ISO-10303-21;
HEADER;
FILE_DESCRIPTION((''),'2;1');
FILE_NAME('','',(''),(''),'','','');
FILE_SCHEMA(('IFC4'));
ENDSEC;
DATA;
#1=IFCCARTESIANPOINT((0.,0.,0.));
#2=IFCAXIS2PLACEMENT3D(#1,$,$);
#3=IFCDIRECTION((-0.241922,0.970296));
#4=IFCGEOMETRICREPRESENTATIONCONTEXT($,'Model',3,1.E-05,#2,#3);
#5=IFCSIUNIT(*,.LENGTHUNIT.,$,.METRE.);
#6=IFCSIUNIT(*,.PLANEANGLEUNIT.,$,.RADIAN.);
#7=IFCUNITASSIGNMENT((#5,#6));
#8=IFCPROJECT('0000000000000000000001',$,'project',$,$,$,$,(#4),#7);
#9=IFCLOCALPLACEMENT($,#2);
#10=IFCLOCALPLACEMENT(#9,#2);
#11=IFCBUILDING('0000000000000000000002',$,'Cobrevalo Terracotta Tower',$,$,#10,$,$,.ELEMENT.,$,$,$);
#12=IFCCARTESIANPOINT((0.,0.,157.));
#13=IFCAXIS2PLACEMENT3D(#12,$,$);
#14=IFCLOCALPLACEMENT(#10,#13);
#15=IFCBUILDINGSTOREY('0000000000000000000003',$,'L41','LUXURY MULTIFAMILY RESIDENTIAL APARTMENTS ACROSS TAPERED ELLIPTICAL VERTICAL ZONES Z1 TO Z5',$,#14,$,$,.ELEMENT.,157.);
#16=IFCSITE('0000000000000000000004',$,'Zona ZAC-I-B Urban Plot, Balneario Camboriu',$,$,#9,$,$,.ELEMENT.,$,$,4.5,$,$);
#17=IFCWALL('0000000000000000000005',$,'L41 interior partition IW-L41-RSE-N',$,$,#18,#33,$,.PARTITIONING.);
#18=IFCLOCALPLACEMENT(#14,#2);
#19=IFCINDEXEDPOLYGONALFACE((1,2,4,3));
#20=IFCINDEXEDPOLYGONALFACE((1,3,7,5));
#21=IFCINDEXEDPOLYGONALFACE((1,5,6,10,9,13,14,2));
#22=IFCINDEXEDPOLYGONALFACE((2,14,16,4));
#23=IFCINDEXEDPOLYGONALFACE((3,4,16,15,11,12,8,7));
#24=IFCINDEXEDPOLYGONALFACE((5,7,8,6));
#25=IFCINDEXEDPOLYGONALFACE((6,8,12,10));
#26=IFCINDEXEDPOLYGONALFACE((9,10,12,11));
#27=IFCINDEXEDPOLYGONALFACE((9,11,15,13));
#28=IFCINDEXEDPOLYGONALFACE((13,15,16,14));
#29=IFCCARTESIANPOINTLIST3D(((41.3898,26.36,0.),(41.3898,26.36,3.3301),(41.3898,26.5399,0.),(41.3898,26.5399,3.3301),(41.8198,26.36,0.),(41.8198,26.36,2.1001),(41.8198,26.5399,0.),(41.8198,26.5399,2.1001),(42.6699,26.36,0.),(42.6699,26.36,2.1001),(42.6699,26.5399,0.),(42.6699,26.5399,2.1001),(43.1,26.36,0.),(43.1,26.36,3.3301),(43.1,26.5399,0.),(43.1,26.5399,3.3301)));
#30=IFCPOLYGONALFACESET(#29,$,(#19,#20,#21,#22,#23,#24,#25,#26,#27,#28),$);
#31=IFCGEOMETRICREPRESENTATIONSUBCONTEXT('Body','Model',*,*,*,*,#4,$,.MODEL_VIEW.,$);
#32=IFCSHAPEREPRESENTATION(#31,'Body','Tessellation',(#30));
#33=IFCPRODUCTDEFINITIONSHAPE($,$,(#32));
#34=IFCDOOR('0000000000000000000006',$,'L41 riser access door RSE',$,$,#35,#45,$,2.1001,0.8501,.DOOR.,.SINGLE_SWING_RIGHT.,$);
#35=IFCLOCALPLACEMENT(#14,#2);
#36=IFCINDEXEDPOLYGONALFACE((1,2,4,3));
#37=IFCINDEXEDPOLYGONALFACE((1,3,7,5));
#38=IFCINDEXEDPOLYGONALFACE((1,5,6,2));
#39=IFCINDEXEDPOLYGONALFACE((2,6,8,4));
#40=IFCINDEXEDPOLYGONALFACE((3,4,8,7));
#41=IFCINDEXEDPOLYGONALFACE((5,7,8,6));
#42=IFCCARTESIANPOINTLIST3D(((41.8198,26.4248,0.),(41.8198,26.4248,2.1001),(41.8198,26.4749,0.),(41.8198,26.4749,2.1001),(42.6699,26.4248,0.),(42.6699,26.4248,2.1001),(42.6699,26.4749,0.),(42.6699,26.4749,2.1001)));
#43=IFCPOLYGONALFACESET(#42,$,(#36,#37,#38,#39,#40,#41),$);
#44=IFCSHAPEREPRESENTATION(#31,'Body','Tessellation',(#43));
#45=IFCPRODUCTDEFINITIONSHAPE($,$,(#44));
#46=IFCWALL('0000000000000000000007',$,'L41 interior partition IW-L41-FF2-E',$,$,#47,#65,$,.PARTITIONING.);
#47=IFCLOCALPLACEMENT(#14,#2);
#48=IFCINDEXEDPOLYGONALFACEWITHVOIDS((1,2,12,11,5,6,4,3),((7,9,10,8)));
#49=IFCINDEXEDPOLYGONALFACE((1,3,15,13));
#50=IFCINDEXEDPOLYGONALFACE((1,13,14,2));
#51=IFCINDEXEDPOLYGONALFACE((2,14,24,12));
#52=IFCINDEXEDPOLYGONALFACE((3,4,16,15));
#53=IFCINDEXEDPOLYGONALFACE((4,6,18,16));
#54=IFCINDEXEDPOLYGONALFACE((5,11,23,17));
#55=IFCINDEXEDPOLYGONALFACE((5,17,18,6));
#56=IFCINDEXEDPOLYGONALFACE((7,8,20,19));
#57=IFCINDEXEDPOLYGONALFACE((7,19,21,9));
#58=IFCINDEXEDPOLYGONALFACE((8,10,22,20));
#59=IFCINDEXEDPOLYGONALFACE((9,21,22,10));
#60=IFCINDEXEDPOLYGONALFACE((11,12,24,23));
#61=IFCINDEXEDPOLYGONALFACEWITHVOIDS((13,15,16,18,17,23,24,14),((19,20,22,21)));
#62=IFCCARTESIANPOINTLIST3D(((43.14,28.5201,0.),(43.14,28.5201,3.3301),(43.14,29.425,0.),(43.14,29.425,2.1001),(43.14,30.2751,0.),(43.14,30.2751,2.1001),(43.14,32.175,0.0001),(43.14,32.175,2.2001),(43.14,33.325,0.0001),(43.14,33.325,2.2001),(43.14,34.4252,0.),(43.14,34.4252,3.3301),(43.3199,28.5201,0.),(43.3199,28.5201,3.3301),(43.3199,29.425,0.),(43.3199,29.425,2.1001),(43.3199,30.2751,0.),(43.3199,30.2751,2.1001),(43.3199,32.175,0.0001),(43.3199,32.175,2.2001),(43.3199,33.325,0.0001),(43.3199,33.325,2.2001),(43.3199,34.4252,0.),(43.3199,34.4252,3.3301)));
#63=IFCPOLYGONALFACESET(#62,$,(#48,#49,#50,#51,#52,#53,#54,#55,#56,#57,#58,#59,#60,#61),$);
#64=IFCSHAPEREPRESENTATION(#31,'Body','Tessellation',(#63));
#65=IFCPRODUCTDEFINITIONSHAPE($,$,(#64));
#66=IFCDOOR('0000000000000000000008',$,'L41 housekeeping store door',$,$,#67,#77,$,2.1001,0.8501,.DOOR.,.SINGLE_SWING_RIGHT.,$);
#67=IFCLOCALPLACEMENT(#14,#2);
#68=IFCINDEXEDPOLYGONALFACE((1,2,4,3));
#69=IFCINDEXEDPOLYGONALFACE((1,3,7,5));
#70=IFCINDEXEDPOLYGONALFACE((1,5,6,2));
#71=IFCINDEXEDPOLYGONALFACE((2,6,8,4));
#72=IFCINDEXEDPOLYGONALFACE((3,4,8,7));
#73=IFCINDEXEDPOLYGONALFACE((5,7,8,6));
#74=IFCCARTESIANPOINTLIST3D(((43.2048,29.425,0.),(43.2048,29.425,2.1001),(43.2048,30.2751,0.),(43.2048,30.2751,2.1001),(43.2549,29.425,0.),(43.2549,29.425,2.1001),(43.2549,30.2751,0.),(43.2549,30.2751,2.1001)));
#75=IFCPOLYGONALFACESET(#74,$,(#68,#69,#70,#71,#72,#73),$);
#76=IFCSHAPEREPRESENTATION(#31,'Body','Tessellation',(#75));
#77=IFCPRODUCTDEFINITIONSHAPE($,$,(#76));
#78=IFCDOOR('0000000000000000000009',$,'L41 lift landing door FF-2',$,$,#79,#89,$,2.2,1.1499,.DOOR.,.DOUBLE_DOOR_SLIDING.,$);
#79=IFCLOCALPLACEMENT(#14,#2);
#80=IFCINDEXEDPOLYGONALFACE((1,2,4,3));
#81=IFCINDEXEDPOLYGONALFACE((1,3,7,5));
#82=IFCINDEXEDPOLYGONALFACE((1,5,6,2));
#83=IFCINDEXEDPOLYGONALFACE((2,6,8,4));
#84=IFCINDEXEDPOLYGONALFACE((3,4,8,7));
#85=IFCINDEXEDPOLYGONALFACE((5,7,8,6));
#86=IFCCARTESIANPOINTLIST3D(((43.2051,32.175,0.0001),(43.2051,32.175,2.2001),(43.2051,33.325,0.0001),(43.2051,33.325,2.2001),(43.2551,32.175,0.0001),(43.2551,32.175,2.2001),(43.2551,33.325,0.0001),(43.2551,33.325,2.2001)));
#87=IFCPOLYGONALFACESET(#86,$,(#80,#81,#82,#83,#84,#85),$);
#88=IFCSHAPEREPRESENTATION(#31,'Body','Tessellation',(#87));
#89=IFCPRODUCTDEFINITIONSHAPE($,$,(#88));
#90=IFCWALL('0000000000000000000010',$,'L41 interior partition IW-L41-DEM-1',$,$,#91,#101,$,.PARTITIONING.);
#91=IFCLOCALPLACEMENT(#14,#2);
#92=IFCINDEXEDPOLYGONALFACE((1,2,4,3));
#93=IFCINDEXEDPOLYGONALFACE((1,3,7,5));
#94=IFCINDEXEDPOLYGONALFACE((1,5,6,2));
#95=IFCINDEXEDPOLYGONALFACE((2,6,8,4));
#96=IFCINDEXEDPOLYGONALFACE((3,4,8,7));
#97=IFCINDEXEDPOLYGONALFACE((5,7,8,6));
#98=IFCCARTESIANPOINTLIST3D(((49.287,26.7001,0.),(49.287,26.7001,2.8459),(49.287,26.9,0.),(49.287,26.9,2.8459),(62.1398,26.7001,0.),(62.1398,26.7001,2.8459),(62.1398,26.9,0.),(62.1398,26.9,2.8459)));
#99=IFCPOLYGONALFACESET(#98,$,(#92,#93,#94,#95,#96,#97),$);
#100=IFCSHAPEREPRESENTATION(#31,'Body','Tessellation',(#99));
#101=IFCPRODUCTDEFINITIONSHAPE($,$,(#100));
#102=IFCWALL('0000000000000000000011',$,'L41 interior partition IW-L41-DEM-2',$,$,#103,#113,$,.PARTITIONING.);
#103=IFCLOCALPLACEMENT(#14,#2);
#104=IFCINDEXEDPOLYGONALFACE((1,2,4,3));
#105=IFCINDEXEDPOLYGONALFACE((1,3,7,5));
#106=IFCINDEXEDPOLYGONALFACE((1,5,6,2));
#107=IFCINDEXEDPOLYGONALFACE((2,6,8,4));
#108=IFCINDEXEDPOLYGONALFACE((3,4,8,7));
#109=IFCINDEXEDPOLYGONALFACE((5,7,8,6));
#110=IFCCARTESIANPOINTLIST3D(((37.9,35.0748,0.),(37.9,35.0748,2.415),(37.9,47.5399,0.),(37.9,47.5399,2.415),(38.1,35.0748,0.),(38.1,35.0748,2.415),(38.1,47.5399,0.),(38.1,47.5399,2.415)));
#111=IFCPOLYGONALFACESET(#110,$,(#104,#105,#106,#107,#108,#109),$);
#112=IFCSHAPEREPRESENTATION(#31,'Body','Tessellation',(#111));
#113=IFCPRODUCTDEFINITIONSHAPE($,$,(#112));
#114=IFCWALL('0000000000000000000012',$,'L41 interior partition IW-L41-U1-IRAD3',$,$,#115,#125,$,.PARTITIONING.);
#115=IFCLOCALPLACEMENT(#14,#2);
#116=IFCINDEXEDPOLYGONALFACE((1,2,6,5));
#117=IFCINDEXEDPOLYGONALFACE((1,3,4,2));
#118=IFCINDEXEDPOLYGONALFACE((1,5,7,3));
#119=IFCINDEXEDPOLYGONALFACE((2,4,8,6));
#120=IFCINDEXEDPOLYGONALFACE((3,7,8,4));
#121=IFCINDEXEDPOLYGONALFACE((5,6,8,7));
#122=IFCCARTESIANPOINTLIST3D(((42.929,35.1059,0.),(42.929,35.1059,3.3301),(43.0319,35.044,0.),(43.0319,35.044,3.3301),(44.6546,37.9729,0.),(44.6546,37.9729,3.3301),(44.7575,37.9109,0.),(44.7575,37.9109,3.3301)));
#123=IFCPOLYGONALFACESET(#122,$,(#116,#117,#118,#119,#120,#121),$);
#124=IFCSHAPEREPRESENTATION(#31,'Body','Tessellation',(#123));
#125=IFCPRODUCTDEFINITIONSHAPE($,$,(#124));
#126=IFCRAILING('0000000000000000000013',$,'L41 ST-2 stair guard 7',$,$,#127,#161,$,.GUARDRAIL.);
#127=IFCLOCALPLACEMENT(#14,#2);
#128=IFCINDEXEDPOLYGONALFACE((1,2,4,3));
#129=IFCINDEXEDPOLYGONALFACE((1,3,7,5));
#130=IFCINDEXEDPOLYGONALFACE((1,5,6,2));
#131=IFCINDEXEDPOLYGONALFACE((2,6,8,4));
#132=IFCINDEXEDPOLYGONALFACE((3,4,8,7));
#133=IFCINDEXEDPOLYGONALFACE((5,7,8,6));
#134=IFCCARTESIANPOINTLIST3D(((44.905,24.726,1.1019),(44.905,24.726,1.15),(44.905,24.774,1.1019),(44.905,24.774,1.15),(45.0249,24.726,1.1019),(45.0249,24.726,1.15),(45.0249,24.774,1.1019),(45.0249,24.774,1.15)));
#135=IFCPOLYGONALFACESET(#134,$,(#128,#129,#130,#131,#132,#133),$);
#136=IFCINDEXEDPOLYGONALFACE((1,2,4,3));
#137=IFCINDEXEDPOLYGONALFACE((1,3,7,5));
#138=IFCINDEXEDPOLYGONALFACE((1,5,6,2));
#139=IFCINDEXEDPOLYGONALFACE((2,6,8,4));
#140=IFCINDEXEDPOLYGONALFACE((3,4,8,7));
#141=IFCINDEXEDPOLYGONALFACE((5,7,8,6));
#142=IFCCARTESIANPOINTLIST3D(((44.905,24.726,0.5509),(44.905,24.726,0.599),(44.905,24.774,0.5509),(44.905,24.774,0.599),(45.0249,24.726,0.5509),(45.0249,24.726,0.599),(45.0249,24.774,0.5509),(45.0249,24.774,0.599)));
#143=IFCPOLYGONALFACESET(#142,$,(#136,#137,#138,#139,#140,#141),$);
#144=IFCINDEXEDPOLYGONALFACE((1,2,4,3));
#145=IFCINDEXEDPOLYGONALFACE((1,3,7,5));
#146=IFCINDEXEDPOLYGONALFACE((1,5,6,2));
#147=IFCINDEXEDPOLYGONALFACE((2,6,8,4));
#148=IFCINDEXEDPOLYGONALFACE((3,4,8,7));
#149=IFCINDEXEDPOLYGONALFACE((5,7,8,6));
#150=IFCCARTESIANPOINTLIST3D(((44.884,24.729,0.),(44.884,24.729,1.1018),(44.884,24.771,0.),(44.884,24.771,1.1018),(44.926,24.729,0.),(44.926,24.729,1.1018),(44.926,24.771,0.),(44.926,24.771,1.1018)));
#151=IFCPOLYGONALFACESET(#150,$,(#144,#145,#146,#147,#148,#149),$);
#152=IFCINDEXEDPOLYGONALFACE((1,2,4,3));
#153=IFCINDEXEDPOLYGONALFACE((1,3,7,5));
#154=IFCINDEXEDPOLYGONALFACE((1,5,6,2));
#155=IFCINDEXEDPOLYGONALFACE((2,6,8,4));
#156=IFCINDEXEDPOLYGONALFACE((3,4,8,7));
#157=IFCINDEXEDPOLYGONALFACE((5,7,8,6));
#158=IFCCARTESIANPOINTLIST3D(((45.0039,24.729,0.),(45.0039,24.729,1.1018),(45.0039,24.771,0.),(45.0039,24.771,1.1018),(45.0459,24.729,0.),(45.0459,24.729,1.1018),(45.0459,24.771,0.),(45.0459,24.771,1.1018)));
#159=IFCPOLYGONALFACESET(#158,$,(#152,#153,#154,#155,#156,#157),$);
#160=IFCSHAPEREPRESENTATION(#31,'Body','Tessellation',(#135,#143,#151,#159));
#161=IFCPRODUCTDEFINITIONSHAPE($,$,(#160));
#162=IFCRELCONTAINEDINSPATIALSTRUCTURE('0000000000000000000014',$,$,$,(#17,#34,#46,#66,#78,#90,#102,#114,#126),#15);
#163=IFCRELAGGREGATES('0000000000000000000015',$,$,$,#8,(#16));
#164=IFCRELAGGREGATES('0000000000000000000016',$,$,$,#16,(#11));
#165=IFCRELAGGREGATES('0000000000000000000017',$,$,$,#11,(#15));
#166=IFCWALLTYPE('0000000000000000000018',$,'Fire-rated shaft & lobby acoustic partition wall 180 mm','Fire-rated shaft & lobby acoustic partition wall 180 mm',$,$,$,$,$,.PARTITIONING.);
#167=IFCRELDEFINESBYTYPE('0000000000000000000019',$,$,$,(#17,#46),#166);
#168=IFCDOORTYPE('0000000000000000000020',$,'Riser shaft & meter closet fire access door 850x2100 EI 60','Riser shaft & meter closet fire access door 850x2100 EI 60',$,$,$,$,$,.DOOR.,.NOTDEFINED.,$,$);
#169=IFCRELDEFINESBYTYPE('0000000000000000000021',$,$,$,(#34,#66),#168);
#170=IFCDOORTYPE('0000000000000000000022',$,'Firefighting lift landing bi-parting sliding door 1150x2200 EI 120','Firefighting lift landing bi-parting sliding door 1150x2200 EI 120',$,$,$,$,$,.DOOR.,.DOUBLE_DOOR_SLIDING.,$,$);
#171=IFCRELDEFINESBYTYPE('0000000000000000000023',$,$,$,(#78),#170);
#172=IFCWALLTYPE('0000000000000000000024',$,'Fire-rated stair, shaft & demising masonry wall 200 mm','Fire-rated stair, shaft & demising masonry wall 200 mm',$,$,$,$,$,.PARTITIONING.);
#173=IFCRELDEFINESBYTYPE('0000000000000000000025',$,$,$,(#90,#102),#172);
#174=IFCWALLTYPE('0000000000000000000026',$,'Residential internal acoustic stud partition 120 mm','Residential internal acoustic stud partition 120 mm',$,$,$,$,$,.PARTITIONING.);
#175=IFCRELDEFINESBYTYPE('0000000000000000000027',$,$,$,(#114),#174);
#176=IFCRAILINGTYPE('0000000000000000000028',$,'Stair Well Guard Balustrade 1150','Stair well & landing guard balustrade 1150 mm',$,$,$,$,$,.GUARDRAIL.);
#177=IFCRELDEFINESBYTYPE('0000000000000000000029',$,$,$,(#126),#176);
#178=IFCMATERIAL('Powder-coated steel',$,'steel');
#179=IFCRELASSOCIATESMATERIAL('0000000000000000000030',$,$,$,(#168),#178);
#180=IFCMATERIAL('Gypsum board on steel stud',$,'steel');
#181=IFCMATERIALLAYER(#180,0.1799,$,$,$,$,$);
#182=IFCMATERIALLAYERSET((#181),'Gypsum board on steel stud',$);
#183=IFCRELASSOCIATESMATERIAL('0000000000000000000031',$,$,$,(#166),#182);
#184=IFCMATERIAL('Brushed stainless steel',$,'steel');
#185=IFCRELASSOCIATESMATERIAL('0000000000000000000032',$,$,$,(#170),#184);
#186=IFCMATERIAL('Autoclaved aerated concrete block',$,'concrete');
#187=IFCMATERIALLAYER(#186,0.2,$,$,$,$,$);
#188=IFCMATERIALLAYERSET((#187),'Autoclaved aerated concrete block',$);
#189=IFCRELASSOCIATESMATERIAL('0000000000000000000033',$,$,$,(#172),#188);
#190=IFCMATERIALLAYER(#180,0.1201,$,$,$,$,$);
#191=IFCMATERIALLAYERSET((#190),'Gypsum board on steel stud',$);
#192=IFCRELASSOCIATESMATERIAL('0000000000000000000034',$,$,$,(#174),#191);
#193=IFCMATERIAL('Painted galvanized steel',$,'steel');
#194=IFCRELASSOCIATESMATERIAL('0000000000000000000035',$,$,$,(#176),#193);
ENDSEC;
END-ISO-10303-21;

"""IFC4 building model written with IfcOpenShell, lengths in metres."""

from ifc_helpers import new_model, si_unit, direction, frame, frame_2d, origin, origin_2d, place, context, subcontext, project, spatial, rectangle, extrude, source, transform, mapped, material, layer, layer_set, type_object, element, fill, save


model = new_model("IFC4")

# Units and contexts
model_context = context("Model", 3, precision=1e-05, world=origin(), true_north=direction((-0.241922, 0.970296)))
body_context = subcontext(model_context, "Body", "Model", "MODEL_VIEW")
ifc_project = project(units=[si_unit("LENGTHUNIT", "METRE"), si_unit("PLANEANGLEUNIT", "RADIAN")], contexts=[model_context])

# Site, building, storey
site_placement = place(None, origin())
site = spatial("IfcSite", under=ifc_project, at=site_placement, Name="Zona ZAC-I-B Urban Plot, Balneario Camboriu", CompositionType="ELEMENT", RefElevation=4.5)
building_placement = place(site_placement, origin())
building = spatial("IfcBuilding", under=site, at=building_placement, Name="Cobrevalo Terracotta Tower", CompositionType="ELEMENT")
storey_placement = place(building_placement, frame((0.0, 0.0, 157.0)))
storey = spatial("IfcBuildingStorey", under=building, at=storey_placement, Name="L41", Description="LUXURY MULTIFAMILY RESIDENTIAL APARTMENTS ACROSS TAPERED ELLIPTICAL VERTICAL ZONES Z1 TO Z5", CompositionType="ELEMENT", Elevation=157.0)

# Shared definitions
ifc_material_1 = material(Name="Gypsum board on steel stud", Category="steel")

# Shared definitions
ifc_material_2 = material(Name="Powder-coated steel", Category="steel")
door_type_1 = type_object("IfcDoorType", Name="Riser shaft & meter closet fire access door 850x2100 EI 60", Description="Riser shaft & meter closet fire access door 850x2100 EI 60", OperationType="NOTDEFINED", PredefinedType="DOOR", material=ifc_material_2)
shared_shape_1 = source(origin(), body_context, "Body", "SweptSolid", [
    extrude(rectangle(XDim=0.8501, YDim=2.1001, at=frame_2d((0.425, 1.05))), frame((0.0, 0.0249, 0.0), z_axis=(0.0, -1.0, 0.0), x_axis=(1.0, 0.0, 0.0)), (0.0, 0.0, 1.0), 0.05),
])

# Shared definitions
ifc_material_3 = material(Name="Brushed stainless steel", Category="steel")

# Wall, opening, door
ifc_layer_1 = layer(ifc_material_1, 0.1799)
ifc_layer_set_1 = layer_set([ifc_layer_1], Name="Gypsum board on steel stud")
wall_type_1 = type_object("IfcWallType", Name="Fire-rated shaft & lobby acoustic partition wall 180 mm", Description="Fire-rated shaft & lobby acoustic partition wall 180 mm", PredefinedType="PARTITIONING", material=ifc_layer_set_1)
wall_1_placement = place(storey_placement, frame((41.3899, 26.45, 0.0), z_axis=(0.0, 0.0, 1.0), x_axis=(1.0, 0.0, 0.0)))
wall_1 = element("IfcWall", 1, at=wall_1_placement, inside=storey, type_object=wall_type_1, Name="L41 interior partition IW-L41-RSE-N", PredefinedType="PARTITIONING", context=body_context, shape_type="SweptSolid", body=[
    extrude(rectangle(XDim=1.7102, YDim=0.1799, at=frame_2d((0.855, 0.0))), origin(), (0.0, 0.0, 1.0), 3.3301),
])
opening_1_placement = place(wall_1_placement, frame((0.4299, 0.0, 0.0)))
opening_1 = element("IfcOpeningElement", 2, at=opening_1_placement, cuts=wall_1, PredefinedType="OPENING", context=body_context, shape_type="SweptSolid", body=[
    extrude(rectangle(XDim=0.8501, YDim=2.1001, at=frame_2d((0.425, 1.05))), frame((0.0, 0.1001, 0.0), z_axis=(0.0, -1.0, 0.0), x_axis=(1.0, 0.0, 0.0)), (0.0, 0.0, 1.0), 0.2),
])
door_1_placement = place(opening_1_placement, origin())
door_1 = element("IfcDoor", 3, at=door_1_placement, inside=storey, type_object=door_type_1, Name="L41 riser access door RSE", OperationType="SINGLE_SWING_RIGHT", OverallHeight=2.1001, OverallWidth=0.8501, PredefinedType="DOOR", context=body_context, shape_type="MappedRepresentation", body=[
    mapped(shared_shape_1, transform((0.0, 0.0, 0.0), scale=1.0)),
])
fill(opening_1, door_1)

# Wall, openings, doors
wall_2_placement = place(storey_placement, frame((43.23, 28.52, 0.0), z_axis=(0.0, 0.0, 1.0), x_axis=(0.0, 1.0, 0.0)))
wall_2 = element("IfcWall", 4, at=wall_2_placement, inside=storey, type_object=wall_type_1, Name="L41 interior partition IW-L41-FF2-E", PredefinedType="PARTITIONING", context=body_context, shape_type="SweptSolid", body=[
    extrude(rectangle(XDim=5.905, YDim=0.1799, at=frame_2d((2.9526, 0.0))), origin(), (0.0, 0.0, 1.0), 3.3301),
])
opening_2_placement = place(wall_2_placement, frame((0.905, 0.0, 0.0)))
opening_2 = element("IfcOpeningElement", 5, at=opening_2_placement, cuts=wall_2, PredefinedType="OPENING", context=body_context, shape_type="SweptSolid", body=[
    extrude(rectangle(XDim=0.8501, YDim=2.1001, at=frame_2d((0.425, 1.05))), frame((0.0, 0.1001, 0.0), z_axis=(0.0, -1.0, 0.0), x_axis=(1.0, 0.0, 0.0)), (0.0, 0.0, 1.0), 0.2),
])
opening_3_placement = place(wall_2_placement, frame((3.655, 0.0, 0.0)))
opening_3 = element("IfcOpeningElement", 6, at=opening_3_placement, cuts=wall_2, PredefinedType="OPENING", context=body_context, shape_type="SweptSolid", body=[
    extrude(rectangle(XDim=1.1499, YDim=2.2, at=frame_2d((0.575, 1.1001))), frame((0.0, 0.1001, 0.0), z_axis=(0.0, -1.0, 0.0), x_axis=(1.0, 0.0, 0.0)), (0.0, 0.0, 1.0), 0.2),
])
door_2_placement = place(opening_2_placement, frame((0.8501, 0.0, 0.0), z_axis=(0.0, 0.0, 1.0), x_axis=(-1.0, 0.0, 0.0)))
door_2 = element("IfcDoor", 7, at=door_2_placement, inside=storey, type_object=door_type_1, Name="L41 housekeeping store door", OperationType="SINGLE_SWING_RIGHT", OverallHeight=2.1001, OverallWidth=0.8501, PredefinedType="DOOR", context=body_context, shape_type="MappedRepresentation", body=[
    mapped(shared_shape_1, transform((0.0, 0.0, 0.0), scale=1.0)),
])
fill(opening_2, door_2)
door_type_2 = type_object("IfcDoorType", Name="Firefighting lift landing bi-parting sliding door 1150x2200 EI 120", Description="Firefighting lift landing bi-parting sliding door 1150x2200 EI 120", OperationType="DOUBLE_DOOR_SLIDING", PredefinedType="DOOR", material=ifc_material_3)
shared_shape_2 = source(origin(), body_context, "Body", "SweptSolid", [
    extrude(rectangle(XDim=1.1499, YDim=2.2, at=frame_2d((0.575, 1.1001))), frame((0.0, 0.0249, 0.0), z_axis=(0.0, -1.0, 0.0), x_axis=(1.0, 0.0, 0.0)), (0.0, 0.0, 1.0), 0.05),
])
door_3_placement = place(opening_3_placement, origin())
door_3 = element("IfcDoor", 8, at=door_3_placement, inside=storey, type_object=door_type_2, Name="L41 lift landing door FF-2", OperationType="DOUBLE_DOOR_SLIDING", OverallHeight=2.2, OverallWidth=1.1499, PredefinedType="DOOR", context=body_context, shape_type="MappedRepresentation", body=[
    mapped(shared_shape_2, transform((0.0, 0.0, 0.0), scale=1.0)),
])
fill(opening_3, door_3)

# Walls
ifc_material_4 = material(Name="Autoclaved aerated concrete block", Category="concrete")
ifc_layer_2 = layer(ifc_material_4, 0.2)
ifc_layer_set_2 = layer_set([ifc_layer_2], Name="Autoclaved aerated concrete block")
wall_type_2 = type_object("IfcWallType", Name="Fire-rated stair, shaft & demising masonry wall 200 mm", Description="Fire-rated stair, shaft & demising masonry wall 200 mm", PredefinedType="PARTITIONING", material=ifc_layer_set_2)
wall_3_placement = place(storey_placement, frame((49.2871, 26.8, 0.0), z_axis=(0.0, 0.0, 1.0), x_axis=(1.0, 0.0, 0.0)))
element("IfcWall", 9, at=wall_3_placement, inside=storey, type_object=wall_type_2, Name="L41 interior partition IW-L41-DEM-1", PredefinedType="PARTITIONING", context=body_context, shape_type="SweptSolid", body=[
    extrude(rectangle(XDim=12.8528, YDim=0.2, at=frame_2d((6.4263, 0.0))), origin(), (0.0, 0.0, 1.0), 2.8459),
])
wall_4_placement = place(storey_placement, frame((38.0, 35.075, 0.0), z_axis=(0.0, 0.0, 1.0), x_axis=(0.0, 1.0, 0.0)))
element("IfcWall", 10, at=wall_4_placement, inside=storey, type_object=wall_type_2, Name="L41 interior partition IW-L41-DEM-2", PredefinedType="PARTITIONING", context=body_context, shape_type="SweptSolid", body=[
    extrude(rectangle(XDim=12.4651, YDim=0.2, at=frame_2d((6.2324, 0.0))), origin(), (0.0, 0.0, 1.0), 2.415),
])

# Shared definitions
ifc_layer_3 = layer(ifc_material_1, 0.1201)
ifc_layer_set_3 = layer_set([ifc_layer_3], Name="Gypsum board on steel stud")
wall_type_3 = type_object("IfcWallType", Name="Residential internal acoustic stud partition 120 mm", Description="Residential internal acoustic stud partition 120 mm", PredefinedType="PARTITIONING", material=ifc_layer_set_3)

# Wall
wall_5_placement = place(storey_placement, frame((42.9805, 35.075, 0.0), z_axis=(0.0, 0.0, 1.0), x_axis=(0.515686, 0.856778, 0.0)))
element("IfcWall", 11, at=wall_5_placement, inside=storey, type_object=wall_type_3, Name="L41 interior partition IW-L41-U1-IRAD3", PredefinedType="PARTITIONING", context=body_context, shape_type="SweptSolid", body=[
    extrude(rectangle(XDim=3.3462, YDim=0.1201, at=frame_2d((1.6731, 0.0))), origin(), (0.0, 0.0, 1.0), 3.3301),
])

# Railing
ifc_material_5 = material(Name="Painted galvanized steel", Category="steel")
railing_type = type_object("IfcRailingType", Name="Stair Well Guard Balustrade 1150", Description="Stair well & landing guard balustrade 1150 mm", PredefinedType="GUARDRAIL", material=ifc_material_5)
railing_placement = place(storey_placement, frame((44.905, 24.75, 0.0)))
element("IfcRailing", 12, at=railing_placement, inside=storey, type_object=railing_type, Name="L41 ST-2 stair guard 7", PredefinedType="GUARDRAIL", context=body_context, shape_type="SweptSolid", body=[
    extrude(rectangle(XDim=0.0481, YDim=0.0481, at=origin_2d()), frame((0.0, 0.0, 1.126), z_axis=(1.0, 0.0, 0.0), x_axis=(0.0, 1.0, 0.0)), (0.0, 0.0, 1.0), 0.1199),
    extrude(rectangle(XDim=0.0481, YDim=0.0481, at=origin_2d()), frame((0.0, 0.0, 0.575), z_axis=(1.0, 0.0, 0.0), x_axis=(0.0, 1.0, 0.0)), (0.0, 0.0, 1.0), 0.1199),
    extrude(rectangle(XDim=0.042, YDim=0.042, at=origin_2d()), origin(), (0.0, 0.0, 1.0), 1.1018),
    extrude(rectangle(XDim=0.042, YDim=0.042, at=origin_2d()), frame((0.1199, 0.0, 0.0)), (0.0, 0.0, 1.0), 1.1018),
])

save(model, "model.ifc")
